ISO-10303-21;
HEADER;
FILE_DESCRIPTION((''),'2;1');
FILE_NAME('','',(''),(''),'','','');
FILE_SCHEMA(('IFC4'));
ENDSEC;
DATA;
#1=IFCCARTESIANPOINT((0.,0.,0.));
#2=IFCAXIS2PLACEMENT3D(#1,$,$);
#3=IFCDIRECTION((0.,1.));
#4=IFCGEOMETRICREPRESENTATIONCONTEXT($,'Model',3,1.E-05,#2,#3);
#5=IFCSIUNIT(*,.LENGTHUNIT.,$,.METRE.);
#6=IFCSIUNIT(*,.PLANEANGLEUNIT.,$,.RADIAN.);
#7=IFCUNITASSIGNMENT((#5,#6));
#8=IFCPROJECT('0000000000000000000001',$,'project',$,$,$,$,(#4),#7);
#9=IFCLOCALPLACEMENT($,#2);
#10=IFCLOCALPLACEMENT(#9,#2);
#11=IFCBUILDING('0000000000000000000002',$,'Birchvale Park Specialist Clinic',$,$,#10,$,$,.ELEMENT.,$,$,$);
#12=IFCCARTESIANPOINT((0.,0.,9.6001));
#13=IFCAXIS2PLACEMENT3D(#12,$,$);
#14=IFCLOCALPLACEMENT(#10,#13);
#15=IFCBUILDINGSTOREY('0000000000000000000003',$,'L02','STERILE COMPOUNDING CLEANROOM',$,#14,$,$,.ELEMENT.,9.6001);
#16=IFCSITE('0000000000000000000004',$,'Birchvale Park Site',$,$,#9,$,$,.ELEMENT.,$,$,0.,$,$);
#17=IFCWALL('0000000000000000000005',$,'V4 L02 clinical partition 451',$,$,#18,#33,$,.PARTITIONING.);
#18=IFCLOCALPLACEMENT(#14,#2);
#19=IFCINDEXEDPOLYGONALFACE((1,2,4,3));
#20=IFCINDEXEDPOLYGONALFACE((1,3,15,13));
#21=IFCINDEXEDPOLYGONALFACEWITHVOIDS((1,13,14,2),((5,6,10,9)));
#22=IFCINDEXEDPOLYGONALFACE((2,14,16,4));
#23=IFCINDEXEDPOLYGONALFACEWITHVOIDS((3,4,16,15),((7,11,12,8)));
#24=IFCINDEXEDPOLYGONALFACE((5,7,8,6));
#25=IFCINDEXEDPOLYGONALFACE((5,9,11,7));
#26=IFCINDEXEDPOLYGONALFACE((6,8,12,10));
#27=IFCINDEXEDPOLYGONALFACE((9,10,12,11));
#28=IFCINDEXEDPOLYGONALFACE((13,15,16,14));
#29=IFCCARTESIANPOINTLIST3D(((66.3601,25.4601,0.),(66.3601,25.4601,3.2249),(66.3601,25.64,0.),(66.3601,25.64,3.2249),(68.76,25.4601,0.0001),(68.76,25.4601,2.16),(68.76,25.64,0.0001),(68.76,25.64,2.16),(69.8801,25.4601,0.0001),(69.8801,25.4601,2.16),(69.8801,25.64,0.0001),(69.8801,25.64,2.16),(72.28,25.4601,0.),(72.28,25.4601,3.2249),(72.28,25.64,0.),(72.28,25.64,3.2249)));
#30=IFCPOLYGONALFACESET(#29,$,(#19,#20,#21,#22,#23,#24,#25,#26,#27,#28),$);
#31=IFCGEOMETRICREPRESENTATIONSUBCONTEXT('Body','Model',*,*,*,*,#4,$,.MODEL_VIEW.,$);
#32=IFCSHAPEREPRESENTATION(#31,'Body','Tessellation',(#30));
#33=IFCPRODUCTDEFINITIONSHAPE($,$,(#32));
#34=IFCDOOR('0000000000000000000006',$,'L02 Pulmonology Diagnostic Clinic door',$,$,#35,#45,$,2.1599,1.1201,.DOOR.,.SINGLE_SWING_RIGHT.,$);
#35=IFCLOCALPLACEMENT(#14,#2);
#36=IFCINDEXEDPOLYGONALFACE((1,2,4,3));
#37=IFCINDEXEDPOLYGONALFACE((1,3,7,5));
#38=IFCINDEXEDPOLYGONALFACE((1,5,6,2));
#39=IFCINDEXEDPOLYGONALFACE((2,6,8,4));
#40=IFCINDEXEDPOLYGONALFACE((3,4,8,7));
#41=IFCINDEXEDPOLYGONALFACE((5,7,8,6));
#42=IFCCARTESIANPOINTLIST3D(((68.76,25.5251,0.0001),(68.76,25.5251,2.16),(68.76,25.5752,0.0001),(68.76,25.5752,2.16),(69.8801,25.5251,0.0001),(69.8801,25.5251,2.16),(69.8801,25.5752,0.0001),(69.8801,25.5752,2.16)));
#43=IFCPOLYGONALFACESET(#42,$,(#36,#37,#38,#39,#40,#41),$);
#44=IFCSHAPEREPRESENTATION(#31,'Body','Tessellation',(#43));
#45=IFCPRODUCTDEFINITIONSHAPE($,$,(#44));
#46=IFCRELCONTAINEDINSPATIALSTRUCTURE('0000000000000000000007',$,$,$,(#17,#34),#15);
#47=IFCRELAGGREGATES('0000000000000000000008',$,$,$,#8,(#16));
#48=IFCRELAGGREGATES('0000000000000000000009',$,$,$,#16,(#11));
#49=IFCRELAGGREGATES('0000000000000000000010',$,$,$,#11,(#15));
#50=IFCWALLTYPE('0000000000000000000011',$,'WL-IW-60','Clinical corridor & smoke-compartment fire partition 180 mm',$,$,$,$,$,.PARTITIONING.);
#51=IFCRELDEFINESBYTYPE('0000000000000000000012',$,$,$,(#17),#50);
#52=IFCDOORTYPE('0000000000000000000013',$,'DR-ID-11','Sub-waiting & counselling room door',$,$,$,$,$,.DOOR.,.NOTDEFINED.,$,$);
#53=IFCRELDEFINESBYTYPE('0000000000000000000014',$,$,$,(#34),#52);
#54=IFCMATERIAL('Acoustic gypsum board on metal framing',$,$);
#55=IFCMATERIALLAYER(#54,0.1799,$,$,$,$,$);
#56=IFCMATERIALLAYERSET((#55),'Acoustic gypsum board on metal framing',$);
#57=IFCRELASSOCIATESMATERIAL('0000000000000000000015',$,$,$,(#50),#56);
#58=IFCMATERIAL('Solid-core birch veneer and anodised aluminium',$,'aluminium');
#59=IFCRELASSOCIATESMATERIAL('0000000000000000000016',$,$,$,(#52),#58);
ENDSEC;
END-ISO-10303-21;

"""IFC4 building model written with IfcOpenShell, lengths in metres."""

from ifc_helpers import new_model, si_unit, direction, frame, frame_2d, origin, place, context, subcontext, project, spatial, rectangle, extrude, material, layer, layer_set, type_object, element, fill, save


model = new_model("IFC4")

# Units and contexts
model_context = context("Model", 3, precision=1e-05, world=origin(), true_north=direction((0.0, 1.0)))
body_context = subcontext(model_context, "Body", "Model", "MODEL_VIEW")
ifc_project = project(units=[si_unit("LENGTHUNIT", "METRE"), si_unit("PLANEANGLEUNIT", "RADIAN")], contexts=[model_context])

# Site, building, storey
site_placement = place(None, origin())
site = spatial("IfcSite", under=ifc_project, at=site_placement, Name="Birchvale Park Site", CompositionType="ELEMENT", RefElevation=0.0)
building_placement = place(site_placement, origin())
building = spatial("IfcBuilding", under=site, at=building_placement, Name="Birchvale Park Specialist Clinic", CompositionType="ELEMENT")
storey_placement = place(building_placement, frame((0.0, 0.0, 9.6001)))
storey = spatial("IfcBuildingStorey", under=building, at=storey_placement, Name="L02", Description="STERILE COMPOUNDING CLEANROOM", CompositionType="ELEMENT", Elevation=9.6001)

# Shared definitions
ifc_material_1 = material(Name="Solid-core birch veneer and anodised aluminium", Category="aluminium")

# Shared definitions
ifc_material_2 = material(Name="Acoustic gypsum board on metal framing")

# Wall, opening, door
ifc_layer_1 = layer(ifc_material_2, 0.1799)
ifc_layer_set_1 = layer_set([ifc_layer_1], Name="Acoustic gypsum board on metal framing")
wall_type_1 = type_object("IfcWallType", Name="WL-IW-60", Description="Clinical corridor & smoke-compartment fire partition 180 mm", PredefinedType="PARTITIONING", material=ifc_layer_set_1)
wall_1_placement = place(storey_placement, frame((72.28, 25.55, 0.0), z_axis=(0.0, 0.0, 1.0), x_axis=(-1.0, 0.0, 0.0)))
wall_1 = element("IfcWall", 1, at=wall_1_placement, inside=storey, type_object=wall_type_1, Name="V4 L02 clinical partition 451", PredefinedType="PARTITIONING", context=body_context, shape_type="SweptSolid", body=[
    extrude(rectangle(XDim=5.9199, YDim=0.1799, at=frame_2d((2.96, 0.0))), origin(), (0.0, 0.0, 1.0), 3.2249),
])
opening_1_placement = place(wall_1_placement, frame((2.3999, 0.0, 0.0)))
opening_1 = element("IfcOpeningElement", 2, at=opening_1_placement, cuts=wall_1, PredefinedType="OPENING", context=body_context, shape_type="SweptSolid", body=[
    extrude(rectangle(XDim=1.1201, YDim=2.1599, at=frame_2d((0.5601, 1.0801))), frame((0.0, 0.1001, 0.0), z_axis=(0.0, -1.0, 0.0), x_axis=(1.0, 0.0, 0.0)), (0.0, 0.0, 1.0), 0.2),
])
door_type_1 = type_object("IfcDoorType", Name="DR-ID-11", Description="Sub-waiting & counselling room door", OperationType="NOTDEFINED", PredefinedType="DOOR", material=ifc_material_1)
door_1_placement = place(opening_1_placement, origin())
door_1 = element("IfcDoor", 3, at=door_1_placement, inside=storey, type_object=door_type_1, Name="L02 Pulmonology Diagnostic Clinic door", OperationType="SINGLE_SWING_RIGHT", OverallHeight=2.1599, OverallWidth=1.1201, PredefinedType="DOOR", context=body_context, shape_type="SweptSolid", body=[
    extrude(rectangle(XDim=1.1201, YDim=2.1599, at=frame_2d((0.5601, 1.0801))), frame((0.0, 0.0249, 0.0), z_axis=(0.0, -1.0, 0.0), x_axis=(1.0, 0.0, 0.0)), (0.0, 0.0, 1.0), 0.05),
])
fill(opening_1, door_1)

save(model, "model.ifc")
